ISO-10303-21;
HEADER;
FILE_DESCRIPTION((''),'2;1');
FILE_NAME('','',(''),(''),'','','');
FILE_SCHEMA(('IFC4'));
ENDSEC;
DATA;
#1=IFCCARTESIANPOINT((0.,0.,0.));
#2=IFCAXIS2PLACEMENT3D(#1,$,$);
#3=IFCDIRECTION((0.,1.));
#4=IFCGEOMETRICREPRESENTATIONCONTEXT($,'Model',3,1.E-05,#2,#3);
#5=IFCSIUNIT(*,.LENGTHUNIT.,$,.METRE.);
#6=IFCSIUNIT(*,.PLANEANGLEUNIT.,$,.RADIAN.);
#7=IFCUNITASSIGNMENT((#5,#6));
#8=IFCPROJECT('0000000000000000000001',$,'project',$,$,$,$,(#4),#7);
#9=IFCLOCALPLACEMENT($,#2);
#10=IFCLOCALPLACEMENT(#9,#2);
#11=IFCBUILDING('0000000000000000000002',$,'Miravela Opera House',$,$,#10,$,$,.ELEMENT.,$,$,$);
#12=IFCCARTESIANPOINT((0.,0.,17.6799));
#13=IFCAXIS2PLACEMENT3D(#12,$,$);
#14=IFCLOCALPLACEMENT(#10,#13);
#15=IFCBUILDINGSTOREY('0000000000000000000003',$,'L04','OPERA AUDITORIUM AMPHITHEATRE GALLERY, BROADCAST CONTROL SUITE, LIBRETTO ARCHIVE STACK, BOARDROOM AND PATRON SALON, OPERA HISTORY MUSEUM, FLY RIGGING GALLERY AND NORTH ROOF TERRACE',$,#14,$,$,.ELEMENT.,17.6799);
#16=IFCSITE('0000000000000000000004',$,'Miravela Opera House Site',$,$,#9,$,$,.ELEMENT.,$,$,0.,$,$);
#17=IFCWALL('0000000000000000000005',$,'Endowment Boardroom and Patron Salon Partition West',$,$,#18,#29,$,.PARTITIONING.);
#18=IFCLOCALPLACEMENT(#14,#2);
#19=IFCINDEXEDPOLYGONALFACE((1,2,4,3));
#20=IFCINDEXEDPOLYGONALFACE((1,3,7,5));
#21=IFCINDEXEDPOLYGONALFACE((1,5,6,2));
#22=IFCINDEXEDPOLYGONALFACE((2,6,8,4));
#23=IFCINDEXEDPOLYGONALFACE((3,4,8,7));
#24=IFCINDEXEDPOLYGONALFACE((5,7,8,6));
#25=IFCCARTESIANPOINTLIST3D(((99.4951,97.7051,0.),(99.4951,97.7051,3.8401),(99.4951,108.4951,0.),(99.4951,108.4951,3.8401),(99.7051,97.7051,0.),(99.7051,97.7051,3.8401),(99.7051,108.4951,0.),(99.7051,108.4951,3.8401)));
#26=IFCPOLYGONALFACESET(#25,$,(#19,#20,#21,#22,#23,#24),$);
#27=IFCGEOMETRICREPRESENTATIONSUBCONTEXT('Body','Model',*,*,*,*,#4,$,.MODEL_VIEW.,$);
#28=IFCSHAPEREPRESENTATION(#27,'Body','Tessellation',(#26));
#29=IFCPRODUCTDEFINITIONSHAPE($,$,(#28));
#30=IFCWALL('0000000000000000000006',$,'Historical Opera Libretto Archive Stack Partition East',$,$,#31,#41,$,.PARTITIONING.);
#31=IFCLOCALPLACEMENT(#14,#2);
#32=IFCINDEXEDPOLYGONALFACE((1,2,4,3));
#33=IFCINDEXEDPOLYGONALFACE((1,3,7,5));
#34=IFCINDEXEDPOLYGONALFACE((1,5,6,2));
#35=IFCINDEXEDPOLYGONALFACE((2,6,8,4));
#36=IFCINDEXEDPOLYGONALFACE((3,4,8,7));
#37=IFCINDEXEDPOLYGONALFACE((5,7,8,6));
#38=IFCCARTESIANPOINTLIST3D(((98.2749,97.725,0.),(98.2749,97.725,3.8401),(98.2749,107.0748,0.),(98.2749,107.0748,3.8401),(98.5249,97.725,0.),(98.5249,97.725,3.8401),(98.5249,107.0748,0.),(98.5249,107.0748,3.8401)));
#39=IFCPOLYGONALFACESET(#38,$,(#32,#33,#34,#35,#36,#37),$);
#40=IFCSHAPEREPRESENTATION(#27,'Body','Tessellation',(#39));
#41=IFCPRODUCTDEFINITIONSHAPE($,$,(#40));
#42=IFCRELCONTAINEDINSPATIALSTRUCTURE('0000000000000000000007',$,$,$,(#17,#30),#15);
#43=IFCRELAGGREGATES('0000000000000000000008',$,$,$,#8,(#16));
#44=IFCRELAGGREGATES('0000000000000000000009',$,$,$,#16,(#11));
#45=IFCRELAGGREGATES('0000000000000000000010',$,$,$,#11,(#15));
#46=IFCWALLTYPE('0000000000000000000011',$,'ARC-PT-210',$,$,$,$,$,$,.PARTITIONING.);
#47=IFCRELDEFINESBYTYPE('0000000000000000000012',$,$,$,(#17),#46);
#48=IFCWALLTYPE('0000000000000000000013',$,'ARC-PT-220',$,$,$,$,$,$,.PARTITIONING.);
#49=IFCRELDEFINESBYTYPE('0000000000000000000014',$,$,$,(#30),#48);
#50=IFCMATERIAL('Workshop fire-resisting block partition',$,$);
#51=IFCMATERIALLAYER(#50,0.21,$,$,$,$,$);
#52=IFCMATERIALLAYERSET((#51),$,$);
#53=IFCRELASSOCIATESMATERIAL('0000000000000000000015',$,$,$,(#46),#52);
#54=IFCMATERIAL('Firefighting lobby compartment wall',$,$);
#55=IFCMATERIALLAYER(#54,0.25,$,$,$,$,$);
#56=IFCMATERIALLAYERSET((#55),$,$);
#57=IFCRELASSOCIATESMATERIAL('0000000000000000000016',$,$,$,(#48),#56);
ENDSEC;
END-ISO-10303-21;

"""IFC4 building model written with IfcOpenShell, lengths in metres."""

from ifc_helpers import new_model, si_unit, direction, frame, frame_2d, origin, place, context, subcontext, project, spatial, rectangle, extrude, material, layer, layer_set, type_object, element, save


model = new_model("IFC4")

# Units and contexts
model_context = context("Model", 3, precision=1e-05, world=origin(), true_north=direction((0.0, 1.0)))
body_context = subcontext(model_context, "Body", "Model", "MODEL_VIEW")
ifc_project = project(units=[si_unit("LENGTHUNIT", "METRE"), si_unit("PLANEANGLEUNIT", "RADIAN")], contexts=[model_context])

# Site, building, storey
site_placement = place(None, origin())
site = spatial("IfcSite", under=ifc_project, at=site_placement, Name="Miravela Opera House Site", CompositionType="ELEMENT", RefElevation=0.0)
building_placement = place(site_placement, origin())
building = spatial("IfcBuilding", under=site, at=building_placement, Name="Miravela Opera House", CompositionType="ELEMENT")
storey_placement = place(building_placement, frame((0.0, 0.0, 17.6799)))
storey = spatial("IfcBuildingStorey", under=building, at=storey_placement, Name="L04", Description="OPERA AUDITORIUM AMPHITHEATRE GALLERY, BROADCAST CONTROL SUITE, LIBRETTO ARCHIVE STACK, BOARDROOM AND PATRON SALON, OPERA HISTORY MUSEUM, FLY RIGGING GALLERY AND NORTH ROOF TERRACE", CompositionType="ELEMENT", Elevation=17.6799)

# Shared definitions
ifc_material_1 = material(Name="Workshop fire-resisting block partition")
ifc_layer_1 = layer(ifc_material_1, 0.21)
ifc_layer_set_1 = layer_set([ifc_layer_1])
wall_type_1 = type_object("IfcWallType", Name="ARC-PT-210", PredefinedType="PARTITIONING", material=ifc_layer_set_1)

# Walls
wall_1_placement = place(storey_placement, frame((99.6001, 97.7051, 0.0), z_axis=(0.0, 0.0, 1.0), x_axis=(0.0, 1.0, 0.0)))
element("IfcWall", 1, at=wall_1_placement, inside=storey, type_object=wall_type_1, Name="Endowment Boardroom and Patron Salon Partition West", PredefinedType="PARTITIONING", context=body_context, shape_type="SweptSolid", body=[
    extrude(rectangle(XDim=10.79, YDim=0.21, at=frame_2d((5.395, 0.0))), origin(), (0.0, 0.0, 1.0), 3.8401),
])
ifc_material_2 = material(Name="Firefighting lobby compartment wall")
ifc_layer_2 = layer(ifc_material_2, 0.25)
ifc_layer_set_2 = layer_set([ifc_layer_2])
wall_type_2 = type_object("IfcWallType", Name="ARC-PT-220", PredefinedType="PARTITIONING", material=ifc_layer_set_2)
wall_2_placement = place(storey_placement, frame((98.3999, 97.7251, 0.0), z_axis=(0.0, 0.0, 1.0), x_axis=(0.0, 1.0, 0.0)))
element("IfcWall", 2, at=wall_2_placement, inside=storey, type_object=wall_type_2, Name="Historical Opera Libretto Archive Stack Partition East", PredefinedType="PARTITIONING", context=body_context, shape_type="SweptSolid", body=[
    extrude(rectangle(XDim=9.3499, YDim=0.25, at=frame_2d((4.6748, 0.0))), origin(), (0.0, 0.0, 1.0), 3.8401),
])

save(model, "model.ifc")
